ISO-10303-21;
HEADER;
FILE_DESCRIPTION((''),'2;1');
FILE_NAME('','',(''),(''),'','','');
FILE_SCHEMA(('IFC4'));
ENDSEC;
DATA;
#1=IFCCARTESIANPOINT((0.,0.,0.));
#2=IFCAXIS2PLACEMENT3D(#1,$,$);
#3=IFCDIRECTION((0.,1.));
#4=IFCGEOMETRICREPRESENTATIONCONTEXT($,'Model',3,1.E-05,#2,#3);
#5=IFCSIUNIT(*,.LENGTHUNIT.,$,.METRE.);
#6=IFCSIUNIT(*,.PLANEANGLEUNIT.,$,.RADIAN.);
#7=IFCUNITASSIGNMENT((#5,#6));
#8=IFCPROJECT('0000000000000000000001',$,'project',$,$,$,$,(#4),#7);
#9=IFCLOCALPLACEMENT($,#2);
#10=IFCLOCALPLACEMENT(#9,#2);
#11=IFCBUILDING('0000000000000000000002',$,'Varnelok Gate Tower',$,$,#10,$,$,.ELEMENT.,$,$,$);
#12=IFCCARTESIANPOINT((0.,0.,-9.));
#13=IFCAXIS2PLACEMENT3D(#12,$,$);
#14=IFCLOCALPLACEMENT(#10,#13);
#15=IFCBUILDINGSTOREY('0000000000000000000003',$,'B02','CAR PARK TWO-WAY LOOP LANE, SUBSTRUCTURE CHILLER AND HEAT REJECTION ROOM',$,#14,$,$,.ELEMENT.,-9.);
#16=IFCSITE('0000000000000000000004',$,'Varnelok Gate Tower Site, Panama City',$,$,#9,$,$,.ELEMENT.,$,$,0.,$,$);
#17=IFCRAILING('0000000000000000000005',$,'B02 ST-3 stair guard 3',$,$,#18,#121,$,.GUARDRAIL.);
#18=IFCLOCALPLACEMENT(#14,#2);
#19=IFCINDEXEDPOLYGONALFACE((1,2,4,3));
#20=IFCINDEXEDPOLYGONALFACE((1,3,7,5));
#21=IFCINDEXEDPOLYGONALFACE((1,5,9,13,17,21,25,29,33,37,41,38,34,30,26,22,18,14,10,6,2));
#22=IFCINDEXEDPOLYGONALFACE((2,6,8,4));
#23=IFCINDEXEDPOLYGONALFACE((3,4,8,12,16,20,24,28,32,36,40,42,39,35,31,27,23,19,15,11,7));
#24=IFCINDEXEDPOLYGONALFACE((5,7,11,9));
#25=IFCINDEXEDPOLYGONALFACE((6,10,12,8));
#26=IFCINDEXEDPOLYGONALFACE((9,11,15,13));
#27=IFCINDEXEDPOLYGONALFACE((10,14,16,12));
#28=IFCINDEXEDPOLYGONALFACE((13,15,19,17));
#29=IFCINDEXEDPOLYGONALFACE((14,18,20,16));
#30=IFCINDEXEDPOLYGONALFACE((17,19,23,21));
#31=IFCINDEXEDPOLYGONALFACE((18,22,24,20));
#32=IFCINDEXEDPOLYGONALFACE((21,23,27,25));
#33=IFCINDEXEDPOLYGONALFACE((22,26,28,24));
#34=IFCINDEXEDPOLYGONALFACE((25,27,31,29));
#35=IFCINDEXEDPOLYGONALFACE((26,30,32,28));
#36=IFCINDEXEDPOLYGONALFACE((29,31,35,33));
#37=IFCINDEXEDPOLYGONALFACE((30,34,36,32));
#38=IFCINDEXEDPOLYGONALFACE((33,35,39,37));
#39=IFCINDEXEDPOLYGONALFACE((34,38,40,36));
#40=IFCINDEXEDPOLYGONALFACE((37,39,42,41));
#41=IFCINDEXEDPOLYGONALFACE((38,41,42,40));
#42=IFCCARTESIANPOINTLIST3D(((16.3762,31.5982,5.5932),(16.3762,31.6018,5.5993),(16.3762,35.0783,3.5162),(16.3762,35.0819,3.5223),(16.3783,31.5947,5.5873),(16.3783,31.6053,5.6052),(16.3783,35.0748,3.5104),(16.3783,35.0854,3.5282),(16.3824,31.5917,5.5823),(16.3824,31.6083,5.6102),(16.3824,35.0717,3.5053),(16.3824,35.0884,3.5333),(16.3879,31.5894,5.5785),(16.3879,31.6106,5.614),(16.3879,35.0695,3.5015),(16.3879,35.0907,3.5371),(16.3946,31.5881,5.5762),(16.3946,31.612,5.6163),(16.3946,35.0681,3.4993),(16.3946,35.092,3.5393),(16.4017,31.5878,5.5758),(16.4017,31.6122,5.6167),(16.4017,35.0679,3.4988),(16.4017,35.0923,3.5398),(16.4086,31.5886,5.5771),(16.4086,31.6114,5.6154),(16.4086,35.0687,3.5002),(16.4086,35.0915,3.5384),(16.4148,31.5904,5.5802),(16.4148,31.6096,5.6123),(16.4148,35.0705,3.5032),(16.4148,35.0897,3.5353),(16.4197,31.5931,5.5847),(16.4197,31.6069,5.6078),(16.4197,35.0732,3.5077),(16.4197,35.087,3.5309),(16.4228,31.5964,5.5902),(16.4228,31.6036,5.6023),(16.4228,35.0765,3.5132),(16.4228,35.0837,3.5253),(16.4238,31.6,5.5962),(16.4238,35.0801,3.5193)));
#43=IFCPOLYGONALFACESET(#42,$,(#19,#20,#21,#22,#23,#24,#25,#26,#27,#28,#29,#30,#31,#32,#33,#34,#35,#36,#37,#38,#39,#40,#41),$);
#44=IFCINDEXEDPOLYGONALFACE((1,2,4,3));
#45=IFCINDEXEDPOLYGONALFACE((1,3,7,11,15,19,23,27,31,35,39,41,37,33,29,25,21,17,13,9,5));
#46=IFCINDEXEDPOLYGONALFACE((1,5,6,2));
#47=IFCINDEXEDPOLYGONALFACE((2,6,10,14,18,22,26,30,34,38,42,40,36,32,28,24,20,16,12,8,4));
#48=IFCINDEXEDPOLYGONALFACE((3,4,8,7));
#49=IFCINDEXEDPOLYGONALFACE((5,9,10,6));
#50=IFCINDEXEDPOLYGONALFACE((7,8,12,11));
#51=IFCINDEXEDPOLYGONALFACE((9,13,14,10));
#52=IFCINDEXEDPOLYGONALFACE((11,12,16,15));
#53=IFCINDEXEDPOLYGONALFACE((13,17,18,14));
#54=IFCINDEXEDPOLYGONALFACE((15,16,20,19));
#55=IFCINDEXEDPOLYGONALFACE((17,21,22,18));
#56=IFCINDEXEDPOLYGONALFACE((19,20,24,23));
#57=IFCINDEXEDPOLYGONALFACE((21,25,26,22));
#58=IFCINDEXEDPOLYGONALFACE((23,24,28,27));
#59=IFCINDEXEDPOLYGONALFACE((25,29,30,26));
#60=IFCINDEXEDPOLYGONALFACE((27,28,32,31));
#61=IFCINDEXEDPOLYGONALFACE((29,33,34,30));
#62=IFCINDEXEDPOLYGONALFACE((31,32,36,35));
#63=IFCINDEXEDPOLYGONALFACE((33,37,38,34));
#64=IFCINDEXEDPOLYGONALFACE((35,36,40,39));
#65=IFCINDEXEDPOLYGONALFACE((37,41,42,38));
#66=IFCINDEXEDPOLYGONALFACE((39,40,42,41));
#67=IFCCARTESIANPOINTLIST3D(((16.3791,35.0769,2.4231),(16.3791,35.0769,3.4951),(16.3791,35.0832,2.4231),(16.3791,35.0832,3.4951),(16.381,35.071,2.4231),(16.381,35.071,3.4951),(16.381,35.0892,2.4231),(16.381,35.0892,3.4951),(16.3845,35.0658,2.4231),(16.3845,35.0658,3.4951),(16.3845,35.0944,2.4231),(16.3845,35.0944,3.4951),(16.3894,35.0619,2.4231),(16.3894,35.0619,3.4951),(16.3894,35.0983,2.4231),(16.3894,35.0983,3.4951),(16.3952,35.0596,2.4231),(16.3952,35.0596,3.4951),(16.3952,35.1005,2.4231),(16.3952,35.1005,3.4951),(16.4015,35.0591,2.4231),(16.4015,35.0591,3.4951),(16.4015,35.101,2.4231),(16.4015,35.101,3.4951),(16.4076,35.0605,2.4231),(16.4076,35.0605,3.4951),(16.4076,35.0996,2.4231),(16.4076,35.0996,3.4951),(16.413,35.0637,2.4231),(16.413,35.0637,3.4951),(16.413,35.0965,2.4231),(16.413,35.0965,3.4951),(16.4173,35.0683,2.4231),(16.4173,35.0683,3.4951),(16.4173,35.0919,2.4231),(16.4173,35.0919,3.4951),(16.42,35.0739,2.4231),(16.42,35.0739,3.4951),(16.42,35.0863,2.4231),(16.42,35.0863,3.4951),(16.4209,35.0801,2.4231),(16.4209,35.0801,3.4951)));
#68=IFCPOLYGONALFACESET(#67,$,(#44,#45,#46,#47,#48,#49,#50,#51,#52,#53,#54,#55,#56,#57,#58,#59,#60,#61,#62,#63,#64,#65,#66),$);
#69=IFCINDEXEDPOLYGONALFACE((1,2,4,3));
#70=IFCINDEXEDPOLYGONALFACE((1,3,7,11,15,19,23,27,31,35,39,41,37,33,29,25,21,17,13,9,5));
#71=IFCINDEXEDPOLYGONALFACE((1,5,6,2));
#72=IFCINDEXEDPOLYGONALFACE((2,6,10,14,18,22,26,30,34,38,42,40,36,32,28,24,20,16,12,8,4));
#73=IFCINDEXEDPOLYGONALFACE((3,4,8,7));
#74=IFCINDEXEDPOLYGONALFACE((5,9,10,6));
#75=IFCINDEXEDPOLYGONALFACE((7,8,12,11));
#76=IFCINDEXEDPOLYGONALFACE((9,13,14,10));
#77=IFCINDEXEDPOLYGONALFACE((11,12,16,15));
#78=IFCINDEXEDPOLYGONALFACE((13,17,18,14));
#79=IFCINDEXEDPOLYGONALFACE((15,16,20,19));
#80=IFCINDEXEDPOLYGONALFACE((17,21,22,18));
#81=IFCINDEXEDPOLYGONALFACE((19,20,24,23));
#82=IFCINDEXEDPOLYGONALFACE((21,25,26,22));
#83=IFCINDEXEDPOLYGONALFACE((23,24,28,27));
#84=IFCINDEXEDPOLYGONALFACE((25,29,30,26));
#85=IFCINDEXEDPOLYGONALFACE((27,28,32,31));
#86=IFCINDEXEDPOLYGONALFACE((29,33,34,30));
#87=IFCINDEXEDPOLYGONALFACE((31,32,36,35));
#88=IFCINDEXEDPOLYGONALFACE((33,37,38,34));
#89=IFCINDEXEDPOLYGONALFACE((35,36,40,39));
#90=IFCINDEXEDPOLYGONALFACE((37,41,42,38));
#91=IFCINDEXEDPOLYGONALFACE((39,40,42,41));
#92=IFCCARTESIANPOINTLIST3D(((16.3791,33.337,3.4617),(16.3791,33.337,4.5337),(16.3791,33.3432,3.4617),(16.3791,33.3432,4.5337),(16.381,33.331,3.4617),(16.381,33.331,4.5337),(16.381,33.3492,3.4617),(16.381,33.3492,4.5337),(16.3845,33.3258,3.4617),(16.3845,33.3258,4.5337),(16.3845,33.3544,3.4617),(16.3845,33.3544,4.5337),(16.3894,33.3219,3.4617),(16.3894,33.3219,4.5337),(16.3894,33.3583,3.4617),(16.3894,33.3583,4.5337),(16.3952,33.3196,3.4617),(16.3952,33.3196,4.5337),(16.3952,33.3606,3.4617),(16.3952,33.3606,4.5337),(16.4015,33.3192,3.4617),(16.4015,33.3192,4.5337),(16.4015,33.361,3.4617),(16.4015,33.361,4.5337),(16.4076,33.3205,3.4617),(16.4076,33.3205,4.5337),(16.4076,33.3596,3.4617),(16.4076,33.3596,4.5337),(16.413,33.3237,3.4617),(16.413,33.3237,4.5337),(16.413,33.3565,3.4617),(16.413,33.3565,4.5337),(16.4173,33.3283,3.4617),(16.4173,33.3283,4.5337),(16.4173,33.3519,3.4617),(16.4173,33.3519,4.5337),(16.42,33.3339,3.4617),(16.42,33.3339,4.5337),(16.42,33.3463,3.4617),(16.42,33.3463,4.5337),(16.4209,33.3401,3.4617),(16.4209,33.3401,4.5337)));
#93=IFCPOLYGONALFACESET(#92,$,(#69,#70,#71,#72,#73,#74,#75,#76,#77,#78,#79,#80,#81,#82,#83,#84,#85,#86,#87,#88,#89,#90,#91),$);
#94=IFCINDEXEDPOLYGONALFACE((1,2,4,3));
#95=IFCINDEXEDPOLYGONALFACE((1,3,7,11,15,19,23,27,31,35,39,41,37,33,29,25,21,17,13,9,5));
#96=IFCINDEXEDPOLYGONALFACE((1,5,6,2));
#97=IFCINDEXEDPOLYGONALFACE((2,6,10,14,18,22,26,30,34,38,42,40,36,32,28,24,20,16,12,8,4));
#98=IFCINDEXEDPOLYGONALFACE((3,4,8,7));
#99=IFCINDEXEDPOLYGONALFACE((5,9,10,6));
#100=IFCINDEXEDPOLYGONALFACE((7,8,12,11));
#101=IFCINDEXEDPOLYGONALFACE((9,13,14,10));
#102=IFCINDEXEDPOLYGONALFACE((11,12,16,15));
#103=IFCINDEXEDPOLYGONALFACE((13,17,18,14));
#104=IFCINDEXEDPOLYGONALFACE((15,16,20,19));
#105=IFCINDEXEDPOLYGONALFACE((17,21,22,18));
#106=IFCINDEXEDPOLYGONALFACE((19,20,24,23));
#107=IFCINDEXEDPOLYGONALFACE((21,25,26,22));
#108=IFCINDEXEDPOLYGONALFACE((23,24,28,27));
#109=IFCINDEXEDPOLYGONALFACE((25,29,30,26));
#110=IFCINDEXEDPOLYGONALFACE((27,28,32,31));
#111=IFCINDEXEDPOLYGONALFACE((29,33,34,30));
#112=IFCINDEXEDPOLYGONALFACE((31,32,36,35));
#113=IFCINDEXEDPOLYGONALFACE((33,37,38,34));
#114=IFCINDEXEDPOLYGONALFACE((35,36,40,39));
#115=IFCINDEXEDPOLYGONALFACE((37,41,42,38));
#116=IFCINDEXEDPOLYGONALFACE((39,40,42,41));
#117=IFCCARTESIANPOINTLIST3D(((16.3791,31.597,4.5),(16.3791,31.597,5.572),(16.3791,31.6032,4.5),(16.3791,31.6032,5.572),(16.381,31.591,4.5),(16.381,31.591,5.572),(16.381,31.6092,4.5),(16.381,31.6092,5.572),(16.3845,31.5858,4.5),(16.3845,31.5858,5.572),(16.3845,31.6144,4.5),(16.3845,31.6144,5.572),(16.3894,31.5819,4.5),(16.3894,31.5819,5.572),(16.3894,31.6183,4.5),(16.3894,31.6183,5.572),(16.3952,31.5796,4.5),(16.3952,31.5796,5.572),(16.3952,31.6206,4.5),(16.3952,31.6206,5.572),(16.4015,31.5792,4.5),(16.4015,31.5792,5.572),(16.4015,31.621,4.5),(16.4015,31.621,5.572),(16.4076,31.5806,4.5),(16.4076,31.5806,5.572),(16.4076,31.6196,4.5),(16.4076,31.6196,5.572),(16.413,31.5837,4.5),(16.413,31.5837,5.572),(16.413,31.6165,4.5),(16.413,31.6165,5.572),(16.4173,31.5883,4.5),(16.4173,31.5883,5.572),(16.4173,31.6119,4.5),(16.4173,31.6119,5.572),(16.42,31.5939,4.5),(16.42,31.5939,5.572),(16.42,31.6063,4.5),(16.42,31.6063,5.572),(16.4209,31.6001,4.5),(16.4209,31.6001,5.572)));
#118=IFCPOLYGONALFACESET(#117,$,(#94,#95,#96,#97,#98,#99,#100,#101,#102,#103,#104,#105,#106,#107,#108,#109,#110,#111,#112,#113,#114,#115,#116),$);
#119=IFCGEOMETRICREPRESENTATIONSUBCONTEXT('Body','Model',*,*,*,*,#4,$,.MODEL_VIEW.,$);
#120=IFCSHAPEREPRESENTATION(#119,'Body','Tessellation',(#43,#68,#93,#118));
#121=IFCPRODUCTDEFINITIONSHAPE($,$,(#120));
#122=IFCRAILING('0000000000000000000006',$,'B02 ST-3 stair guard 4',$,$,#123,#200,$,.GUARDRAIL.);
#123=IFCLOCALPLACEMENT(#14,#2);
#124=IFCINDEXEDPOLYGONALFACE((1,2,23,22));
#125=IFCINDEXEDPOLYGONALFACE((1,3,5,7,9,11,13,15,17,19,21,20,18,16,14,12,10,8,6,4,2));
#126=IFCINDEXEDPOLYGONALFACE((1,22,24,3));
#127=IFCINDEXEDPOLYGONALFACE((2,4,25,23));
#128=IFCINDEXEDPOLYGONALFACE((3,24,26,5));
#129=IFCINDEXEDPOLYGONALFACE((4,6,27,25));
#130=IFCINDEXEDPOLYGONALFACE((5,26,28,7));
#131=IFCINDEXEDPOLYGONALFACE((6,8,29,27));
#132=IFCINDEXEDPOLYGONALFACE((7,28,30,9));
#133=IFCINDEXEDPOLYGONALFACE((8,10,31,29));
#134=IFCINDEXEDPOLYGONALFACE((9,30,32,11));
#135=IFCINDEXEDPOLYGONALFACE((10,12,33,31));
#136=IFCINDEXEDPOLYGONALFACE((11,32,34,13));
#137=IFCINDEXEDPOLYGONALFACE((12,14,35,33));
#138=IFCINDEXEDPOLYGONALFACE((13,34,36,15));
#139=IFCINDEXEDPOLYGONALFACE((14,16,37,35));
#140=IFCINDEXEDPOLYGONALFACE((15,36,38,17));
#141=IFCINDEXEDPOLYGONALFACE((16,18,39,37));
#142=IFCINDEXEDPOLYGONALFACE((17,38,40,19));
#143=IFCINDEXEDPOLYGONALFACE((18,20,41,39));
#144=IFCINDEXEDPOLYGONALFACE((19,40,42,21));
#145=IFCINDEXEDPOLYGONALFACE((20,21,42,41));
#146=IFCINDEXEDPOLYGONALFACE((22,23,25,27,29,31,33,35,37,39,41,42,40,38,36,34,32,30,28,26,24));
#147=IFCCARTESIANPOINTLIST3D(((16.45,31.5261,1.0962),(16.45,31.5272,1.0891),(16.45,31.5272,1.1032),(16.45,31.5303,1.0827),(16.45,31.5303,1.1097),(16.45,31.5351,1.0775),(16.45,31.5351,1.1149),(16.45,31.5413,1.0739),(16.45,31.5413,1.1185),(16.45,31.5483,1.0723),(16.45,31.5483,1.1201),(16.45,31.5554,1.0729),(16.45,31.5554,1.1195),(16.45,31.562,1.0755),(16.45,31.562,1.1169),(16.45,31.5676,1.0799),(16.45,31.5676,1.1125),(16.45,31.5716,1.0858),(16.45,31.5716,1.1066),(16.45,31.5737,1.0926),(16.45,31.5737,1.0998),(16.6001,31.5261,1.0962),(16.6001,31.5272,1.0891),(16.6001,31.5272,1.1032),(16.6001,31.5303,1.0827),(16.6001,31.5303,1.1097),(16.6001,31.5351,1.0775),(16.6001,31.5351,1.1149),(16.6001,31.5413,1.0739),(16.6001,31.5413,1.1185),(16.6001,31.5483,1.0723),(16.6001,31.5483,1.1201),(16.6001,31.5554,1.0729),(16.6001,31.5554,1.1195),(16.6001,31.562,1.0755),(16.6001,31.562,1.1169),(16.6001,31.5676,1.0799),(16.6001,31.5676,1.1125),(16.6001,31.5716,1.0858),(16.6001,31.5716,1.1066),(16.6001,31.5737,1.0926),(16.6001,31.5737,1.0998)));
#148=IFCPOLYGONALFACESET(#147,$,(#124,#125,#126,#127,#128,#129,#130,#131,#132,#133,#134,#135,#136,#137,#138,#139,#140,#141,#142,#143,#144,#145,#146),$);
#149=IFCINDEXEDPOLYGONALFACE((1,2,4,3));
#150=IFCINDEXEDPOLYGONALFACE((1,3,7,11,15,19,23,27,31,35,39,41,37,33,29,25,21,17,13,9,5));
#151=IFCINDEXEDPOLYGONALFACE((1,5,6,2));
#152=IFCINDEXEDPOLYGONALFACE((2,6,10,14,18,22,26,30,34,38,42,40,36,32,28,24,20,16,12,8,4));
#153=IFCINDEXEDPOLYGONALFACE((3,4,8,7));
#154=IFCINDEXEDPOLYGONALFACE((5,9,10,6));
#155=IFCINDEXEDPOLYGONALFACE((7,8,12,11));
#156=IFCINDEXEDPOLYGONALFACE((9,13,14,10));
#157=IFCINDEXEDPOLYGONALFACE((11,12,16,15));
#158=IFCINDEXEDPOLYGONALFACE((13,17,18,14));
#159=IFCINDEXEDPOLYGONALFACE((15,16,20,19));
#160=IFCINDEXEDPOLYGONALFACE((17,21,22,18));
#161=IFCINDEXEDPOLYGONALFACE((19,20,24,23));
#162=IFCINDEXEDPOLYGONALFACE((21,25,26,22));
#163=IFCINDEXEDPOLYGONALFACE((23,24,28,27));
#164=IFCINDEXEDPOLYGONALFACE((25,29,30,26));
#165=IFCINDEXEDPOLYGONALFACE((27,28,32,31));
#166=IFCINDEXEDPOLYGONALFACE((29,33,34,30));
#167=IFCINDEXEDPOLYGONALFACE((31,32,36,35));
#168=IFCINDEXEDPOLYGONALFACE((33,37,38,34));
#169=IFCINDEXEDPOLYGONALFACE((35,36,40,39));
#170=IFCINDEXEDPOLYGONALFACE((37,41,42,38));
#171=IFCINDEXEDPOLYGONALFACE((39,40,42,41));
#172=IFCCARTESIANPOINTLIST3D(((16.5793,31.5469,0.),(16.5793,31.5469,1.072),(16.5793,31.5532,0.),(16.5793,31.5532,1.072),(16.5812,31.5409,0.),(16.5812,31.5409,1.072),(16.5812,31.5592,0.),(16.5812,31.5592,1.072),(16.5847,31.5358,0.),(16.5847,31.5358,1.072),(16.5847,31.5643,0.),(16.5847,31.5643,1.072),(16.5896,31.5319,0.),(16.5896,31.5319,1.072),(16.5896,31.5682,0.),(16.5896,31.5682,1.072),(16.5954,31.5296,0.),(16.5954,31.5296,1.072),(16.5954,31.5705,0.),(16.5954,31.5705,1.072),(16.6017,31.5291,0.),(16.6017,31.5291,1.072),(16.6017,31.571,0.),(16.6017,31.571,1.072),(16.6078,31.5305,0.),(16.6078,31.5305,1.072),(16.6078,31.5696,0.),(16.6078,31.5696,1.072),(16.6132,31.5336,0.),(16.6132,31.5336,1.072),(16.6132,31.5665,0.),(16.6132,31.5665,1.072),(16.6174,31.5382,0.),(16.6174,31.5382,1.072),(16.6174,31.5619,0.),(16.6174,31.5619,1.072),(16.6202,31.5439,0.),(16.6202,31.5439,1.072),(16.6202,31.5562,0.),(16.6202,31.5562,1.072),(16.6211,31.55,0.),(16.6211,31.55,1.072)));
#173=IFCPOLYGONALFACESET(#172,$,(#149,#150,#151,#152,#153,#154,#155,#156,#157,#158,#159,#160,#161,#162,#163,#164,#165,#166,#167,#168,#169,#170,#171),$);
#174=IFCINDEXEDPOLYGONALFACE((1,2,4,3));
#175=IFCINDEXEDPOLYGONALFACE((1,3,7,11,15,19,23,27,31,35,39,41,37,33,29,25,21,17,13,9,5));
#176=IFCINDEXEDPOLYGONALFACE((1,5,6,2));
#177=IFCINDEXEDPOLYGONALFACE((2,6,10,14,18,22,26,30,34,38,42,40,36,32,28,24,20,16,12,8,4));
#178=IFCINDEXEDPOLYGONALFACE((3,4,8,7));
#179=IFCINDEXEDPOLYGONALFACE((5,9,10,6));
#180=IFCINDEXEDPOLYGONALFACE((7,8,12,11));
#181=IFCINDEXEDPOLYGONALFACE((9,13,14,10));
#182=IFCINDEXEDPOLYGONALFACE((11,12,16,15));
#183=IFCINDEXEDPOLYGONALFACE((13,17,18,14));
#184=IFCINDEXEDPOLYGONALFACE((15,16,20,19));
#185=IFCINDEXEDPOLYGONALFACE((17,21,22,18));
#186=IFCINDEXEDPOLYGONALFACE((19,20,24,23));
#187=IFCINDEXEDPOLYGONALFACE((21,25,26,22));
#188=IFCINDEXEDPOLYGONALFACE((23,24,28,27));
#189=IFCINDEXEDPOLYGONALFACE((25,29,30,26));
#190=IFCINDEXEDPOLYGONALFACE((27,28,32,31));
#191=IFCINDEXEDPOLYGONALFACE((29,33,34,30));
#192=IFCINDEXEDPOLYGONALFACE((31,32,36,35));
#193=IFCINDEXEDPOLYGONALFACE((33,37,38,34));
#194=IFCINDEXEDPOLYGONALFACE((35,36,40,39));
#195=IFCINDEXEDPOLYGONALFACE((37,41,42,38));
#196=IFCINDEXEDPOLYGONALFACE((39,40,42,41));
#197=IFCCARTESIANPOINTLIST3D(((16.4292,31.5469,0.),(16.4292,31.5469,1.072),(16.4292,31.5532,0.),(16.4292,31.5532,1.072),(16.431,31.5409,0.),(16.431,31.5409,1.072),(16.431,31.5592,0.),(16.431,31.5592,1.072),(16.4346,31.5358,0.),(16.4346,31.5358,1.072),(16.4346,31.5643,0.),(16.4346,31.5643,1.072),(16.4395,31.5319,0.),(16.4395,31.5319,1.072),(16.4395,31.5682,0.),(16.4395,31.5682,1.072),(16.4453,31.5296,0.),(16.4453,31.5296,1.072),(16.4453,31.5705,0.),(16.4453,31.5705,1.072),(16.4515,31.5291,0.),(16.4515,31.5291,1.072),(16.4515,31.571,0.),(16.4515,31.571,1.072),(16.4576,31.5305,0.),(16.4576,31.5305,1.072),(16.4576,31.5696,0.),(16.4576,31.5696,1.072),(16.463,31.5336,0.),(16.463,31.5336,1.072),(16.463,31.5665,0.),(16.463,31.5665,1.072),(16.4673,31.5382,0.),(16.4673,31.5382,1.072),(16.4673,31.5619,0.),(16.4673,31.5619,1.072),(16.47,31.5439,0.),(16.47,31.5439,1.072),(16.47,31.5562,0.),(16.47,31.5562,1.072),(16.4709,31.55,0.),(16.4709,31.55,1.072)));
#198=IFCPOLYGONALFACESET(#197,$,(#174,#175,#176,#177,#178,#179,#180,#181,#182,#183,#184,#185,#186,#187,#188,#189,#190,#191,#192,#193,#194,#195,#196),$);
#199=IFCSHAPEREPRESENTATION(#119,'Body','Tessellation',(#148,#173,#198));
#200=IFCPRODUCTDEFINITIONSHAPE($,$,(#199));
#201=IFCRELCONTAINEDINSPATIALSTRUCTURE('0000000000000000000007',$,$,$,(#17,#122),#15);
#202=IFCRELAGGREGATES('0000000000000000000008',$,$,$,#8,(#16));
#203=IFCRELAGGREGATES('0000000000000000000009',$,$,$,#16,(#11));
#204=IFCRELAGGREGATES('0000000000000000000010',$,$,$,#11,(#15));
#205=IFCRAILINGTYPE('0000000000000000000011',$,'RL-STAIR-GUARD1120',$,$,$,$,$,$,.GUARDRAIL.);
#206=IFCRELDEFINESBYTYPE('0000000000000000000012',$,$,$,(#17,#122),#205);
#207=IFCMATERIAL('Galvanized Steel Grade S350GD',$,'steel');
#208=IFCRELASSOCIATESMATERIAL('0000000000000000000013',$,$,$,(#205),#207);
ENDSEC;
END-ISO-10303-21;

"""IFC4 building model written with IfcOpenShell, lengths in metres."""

from ifc_helpers import new_model, si_unit, direction, frame, origin, origin_2d, place, context, subcontext, project, spatial, circle, extrude, material, type_object, element, save


model = new_model("IFC4")

# Units and contexts
model_context = context("Model", 3, precision=1e-05, world=origin(), true_north=direction((0.0, 1.0)))
body_context = subcontext(model_context, "Body", "Model", "MODEL_VIEW")
ifc_project = project(units=[si_unit("LENGTHUNIT", "METRE"), si_unit("PLANEANGLEUNIT", "RADIAN")], contexts=[model_context])

# Site, building, storey
site_placement = place(None, origin())
site = spatial("IfcSite", under=ifc_project, at=site_placement, Name="Varnelok Gate Tower Site, Panama City", CompositionType="ELEMENT", RefElevation=0.0)
building_placement = place(site_placement, origin())
building = spatial("IfcBuilding", under=site, at=building_placement, Name="Varnelok Gate Tower", CompositionType="ELEMENT")
storey_placement = place(building_placement, frame((0.0, 0.0, -9.0)))
storey = spatial("IfcBuildingStorey", under=building, at=storey_placement, Name="B02", Description="CAR PARK TWO-WAY LOOP LANE, SUBSTRUCTURE CHILLER AND HEAT REJECTION ROOM", CompositionType="ELEMENT", Elevation=-9.0)

# Railings
ifc_material_1 = material(Name="Galvanized Steel Grade S350GD", Category="steel")
railing_type_1 = type_object("IfcRailingType", Name="RL-STAIR-GUARD1120", PredefinedType="GUARDRAIL", material=ifc_material_1)
railing_1_placement = place(storey_placement, frame((16.3999, 35.0801, 2.4231)))
element("IfcRailing", 1, at=railing_1_placement, inside=storey, type_object=railing_type_1, Name="B02 ST-3 stair guard 3", PredefinedType="GUARDRAIL", context=body_context, shape_type="SweptSolid", body=[
    extrude(circle(Radius=0.0239, at=origin_2d()), frame((0.0, 0.0, 1.0962), z_axis=(0.0, -0.858697, 0.512483), x_axis=(1.0, 0.0, 0.0)), (0.0, 0.0, 1.0), 4.0527),
    extrude(circle(Radius=0.021, at=origin_2d()), origin(), (0.0, 0.0, 1.0), 1.072),
    extrude(circle(Radius=0.021, at=origin_2d()), frame((0.0, -1.74, 1.0386)), (0.0, 0.0, 1.0), 1.072),
    extrude(circle(Radius=0.021, at=origin_2d()), frame((0.0, -3.48, 2.0769)), (0.0, 0.0, 1.0), 1.072),
])
railing_2_placement = place(storey_placement, frame((16.6001, 31.55, 0.0)))
element("IfcRailing", 2, at=railing_2_placement, inside=storey, type_object=railing_type_1, Name="B02 ST-3 stair guard 4", PredefinedType="GUARDRAIL", context=body_context, shape_type="SweptSolid", body=[
    extrude(circle(Radius=0.0239, at=origin_2d()), frame((0.0, 0.0, 1.0962), z_axis=(-1.0, 0.0, 0.0), x_axis=(0.0, -1.0, 0.0)), (0.0, 0.0, 1.0), 0.1501),
    extrude(circle(Radius=0.021, at=origin_2d()), origin(), (0.0, 0.0, 1.0), 1.072),
    extrude(circle(Radius=0.021, at=origin_2d()), frame((-0.1501, 0.0, 0.0)), (0.0, 0.0, 1.0), 1.072),
])

save(model, "model.ifc")
